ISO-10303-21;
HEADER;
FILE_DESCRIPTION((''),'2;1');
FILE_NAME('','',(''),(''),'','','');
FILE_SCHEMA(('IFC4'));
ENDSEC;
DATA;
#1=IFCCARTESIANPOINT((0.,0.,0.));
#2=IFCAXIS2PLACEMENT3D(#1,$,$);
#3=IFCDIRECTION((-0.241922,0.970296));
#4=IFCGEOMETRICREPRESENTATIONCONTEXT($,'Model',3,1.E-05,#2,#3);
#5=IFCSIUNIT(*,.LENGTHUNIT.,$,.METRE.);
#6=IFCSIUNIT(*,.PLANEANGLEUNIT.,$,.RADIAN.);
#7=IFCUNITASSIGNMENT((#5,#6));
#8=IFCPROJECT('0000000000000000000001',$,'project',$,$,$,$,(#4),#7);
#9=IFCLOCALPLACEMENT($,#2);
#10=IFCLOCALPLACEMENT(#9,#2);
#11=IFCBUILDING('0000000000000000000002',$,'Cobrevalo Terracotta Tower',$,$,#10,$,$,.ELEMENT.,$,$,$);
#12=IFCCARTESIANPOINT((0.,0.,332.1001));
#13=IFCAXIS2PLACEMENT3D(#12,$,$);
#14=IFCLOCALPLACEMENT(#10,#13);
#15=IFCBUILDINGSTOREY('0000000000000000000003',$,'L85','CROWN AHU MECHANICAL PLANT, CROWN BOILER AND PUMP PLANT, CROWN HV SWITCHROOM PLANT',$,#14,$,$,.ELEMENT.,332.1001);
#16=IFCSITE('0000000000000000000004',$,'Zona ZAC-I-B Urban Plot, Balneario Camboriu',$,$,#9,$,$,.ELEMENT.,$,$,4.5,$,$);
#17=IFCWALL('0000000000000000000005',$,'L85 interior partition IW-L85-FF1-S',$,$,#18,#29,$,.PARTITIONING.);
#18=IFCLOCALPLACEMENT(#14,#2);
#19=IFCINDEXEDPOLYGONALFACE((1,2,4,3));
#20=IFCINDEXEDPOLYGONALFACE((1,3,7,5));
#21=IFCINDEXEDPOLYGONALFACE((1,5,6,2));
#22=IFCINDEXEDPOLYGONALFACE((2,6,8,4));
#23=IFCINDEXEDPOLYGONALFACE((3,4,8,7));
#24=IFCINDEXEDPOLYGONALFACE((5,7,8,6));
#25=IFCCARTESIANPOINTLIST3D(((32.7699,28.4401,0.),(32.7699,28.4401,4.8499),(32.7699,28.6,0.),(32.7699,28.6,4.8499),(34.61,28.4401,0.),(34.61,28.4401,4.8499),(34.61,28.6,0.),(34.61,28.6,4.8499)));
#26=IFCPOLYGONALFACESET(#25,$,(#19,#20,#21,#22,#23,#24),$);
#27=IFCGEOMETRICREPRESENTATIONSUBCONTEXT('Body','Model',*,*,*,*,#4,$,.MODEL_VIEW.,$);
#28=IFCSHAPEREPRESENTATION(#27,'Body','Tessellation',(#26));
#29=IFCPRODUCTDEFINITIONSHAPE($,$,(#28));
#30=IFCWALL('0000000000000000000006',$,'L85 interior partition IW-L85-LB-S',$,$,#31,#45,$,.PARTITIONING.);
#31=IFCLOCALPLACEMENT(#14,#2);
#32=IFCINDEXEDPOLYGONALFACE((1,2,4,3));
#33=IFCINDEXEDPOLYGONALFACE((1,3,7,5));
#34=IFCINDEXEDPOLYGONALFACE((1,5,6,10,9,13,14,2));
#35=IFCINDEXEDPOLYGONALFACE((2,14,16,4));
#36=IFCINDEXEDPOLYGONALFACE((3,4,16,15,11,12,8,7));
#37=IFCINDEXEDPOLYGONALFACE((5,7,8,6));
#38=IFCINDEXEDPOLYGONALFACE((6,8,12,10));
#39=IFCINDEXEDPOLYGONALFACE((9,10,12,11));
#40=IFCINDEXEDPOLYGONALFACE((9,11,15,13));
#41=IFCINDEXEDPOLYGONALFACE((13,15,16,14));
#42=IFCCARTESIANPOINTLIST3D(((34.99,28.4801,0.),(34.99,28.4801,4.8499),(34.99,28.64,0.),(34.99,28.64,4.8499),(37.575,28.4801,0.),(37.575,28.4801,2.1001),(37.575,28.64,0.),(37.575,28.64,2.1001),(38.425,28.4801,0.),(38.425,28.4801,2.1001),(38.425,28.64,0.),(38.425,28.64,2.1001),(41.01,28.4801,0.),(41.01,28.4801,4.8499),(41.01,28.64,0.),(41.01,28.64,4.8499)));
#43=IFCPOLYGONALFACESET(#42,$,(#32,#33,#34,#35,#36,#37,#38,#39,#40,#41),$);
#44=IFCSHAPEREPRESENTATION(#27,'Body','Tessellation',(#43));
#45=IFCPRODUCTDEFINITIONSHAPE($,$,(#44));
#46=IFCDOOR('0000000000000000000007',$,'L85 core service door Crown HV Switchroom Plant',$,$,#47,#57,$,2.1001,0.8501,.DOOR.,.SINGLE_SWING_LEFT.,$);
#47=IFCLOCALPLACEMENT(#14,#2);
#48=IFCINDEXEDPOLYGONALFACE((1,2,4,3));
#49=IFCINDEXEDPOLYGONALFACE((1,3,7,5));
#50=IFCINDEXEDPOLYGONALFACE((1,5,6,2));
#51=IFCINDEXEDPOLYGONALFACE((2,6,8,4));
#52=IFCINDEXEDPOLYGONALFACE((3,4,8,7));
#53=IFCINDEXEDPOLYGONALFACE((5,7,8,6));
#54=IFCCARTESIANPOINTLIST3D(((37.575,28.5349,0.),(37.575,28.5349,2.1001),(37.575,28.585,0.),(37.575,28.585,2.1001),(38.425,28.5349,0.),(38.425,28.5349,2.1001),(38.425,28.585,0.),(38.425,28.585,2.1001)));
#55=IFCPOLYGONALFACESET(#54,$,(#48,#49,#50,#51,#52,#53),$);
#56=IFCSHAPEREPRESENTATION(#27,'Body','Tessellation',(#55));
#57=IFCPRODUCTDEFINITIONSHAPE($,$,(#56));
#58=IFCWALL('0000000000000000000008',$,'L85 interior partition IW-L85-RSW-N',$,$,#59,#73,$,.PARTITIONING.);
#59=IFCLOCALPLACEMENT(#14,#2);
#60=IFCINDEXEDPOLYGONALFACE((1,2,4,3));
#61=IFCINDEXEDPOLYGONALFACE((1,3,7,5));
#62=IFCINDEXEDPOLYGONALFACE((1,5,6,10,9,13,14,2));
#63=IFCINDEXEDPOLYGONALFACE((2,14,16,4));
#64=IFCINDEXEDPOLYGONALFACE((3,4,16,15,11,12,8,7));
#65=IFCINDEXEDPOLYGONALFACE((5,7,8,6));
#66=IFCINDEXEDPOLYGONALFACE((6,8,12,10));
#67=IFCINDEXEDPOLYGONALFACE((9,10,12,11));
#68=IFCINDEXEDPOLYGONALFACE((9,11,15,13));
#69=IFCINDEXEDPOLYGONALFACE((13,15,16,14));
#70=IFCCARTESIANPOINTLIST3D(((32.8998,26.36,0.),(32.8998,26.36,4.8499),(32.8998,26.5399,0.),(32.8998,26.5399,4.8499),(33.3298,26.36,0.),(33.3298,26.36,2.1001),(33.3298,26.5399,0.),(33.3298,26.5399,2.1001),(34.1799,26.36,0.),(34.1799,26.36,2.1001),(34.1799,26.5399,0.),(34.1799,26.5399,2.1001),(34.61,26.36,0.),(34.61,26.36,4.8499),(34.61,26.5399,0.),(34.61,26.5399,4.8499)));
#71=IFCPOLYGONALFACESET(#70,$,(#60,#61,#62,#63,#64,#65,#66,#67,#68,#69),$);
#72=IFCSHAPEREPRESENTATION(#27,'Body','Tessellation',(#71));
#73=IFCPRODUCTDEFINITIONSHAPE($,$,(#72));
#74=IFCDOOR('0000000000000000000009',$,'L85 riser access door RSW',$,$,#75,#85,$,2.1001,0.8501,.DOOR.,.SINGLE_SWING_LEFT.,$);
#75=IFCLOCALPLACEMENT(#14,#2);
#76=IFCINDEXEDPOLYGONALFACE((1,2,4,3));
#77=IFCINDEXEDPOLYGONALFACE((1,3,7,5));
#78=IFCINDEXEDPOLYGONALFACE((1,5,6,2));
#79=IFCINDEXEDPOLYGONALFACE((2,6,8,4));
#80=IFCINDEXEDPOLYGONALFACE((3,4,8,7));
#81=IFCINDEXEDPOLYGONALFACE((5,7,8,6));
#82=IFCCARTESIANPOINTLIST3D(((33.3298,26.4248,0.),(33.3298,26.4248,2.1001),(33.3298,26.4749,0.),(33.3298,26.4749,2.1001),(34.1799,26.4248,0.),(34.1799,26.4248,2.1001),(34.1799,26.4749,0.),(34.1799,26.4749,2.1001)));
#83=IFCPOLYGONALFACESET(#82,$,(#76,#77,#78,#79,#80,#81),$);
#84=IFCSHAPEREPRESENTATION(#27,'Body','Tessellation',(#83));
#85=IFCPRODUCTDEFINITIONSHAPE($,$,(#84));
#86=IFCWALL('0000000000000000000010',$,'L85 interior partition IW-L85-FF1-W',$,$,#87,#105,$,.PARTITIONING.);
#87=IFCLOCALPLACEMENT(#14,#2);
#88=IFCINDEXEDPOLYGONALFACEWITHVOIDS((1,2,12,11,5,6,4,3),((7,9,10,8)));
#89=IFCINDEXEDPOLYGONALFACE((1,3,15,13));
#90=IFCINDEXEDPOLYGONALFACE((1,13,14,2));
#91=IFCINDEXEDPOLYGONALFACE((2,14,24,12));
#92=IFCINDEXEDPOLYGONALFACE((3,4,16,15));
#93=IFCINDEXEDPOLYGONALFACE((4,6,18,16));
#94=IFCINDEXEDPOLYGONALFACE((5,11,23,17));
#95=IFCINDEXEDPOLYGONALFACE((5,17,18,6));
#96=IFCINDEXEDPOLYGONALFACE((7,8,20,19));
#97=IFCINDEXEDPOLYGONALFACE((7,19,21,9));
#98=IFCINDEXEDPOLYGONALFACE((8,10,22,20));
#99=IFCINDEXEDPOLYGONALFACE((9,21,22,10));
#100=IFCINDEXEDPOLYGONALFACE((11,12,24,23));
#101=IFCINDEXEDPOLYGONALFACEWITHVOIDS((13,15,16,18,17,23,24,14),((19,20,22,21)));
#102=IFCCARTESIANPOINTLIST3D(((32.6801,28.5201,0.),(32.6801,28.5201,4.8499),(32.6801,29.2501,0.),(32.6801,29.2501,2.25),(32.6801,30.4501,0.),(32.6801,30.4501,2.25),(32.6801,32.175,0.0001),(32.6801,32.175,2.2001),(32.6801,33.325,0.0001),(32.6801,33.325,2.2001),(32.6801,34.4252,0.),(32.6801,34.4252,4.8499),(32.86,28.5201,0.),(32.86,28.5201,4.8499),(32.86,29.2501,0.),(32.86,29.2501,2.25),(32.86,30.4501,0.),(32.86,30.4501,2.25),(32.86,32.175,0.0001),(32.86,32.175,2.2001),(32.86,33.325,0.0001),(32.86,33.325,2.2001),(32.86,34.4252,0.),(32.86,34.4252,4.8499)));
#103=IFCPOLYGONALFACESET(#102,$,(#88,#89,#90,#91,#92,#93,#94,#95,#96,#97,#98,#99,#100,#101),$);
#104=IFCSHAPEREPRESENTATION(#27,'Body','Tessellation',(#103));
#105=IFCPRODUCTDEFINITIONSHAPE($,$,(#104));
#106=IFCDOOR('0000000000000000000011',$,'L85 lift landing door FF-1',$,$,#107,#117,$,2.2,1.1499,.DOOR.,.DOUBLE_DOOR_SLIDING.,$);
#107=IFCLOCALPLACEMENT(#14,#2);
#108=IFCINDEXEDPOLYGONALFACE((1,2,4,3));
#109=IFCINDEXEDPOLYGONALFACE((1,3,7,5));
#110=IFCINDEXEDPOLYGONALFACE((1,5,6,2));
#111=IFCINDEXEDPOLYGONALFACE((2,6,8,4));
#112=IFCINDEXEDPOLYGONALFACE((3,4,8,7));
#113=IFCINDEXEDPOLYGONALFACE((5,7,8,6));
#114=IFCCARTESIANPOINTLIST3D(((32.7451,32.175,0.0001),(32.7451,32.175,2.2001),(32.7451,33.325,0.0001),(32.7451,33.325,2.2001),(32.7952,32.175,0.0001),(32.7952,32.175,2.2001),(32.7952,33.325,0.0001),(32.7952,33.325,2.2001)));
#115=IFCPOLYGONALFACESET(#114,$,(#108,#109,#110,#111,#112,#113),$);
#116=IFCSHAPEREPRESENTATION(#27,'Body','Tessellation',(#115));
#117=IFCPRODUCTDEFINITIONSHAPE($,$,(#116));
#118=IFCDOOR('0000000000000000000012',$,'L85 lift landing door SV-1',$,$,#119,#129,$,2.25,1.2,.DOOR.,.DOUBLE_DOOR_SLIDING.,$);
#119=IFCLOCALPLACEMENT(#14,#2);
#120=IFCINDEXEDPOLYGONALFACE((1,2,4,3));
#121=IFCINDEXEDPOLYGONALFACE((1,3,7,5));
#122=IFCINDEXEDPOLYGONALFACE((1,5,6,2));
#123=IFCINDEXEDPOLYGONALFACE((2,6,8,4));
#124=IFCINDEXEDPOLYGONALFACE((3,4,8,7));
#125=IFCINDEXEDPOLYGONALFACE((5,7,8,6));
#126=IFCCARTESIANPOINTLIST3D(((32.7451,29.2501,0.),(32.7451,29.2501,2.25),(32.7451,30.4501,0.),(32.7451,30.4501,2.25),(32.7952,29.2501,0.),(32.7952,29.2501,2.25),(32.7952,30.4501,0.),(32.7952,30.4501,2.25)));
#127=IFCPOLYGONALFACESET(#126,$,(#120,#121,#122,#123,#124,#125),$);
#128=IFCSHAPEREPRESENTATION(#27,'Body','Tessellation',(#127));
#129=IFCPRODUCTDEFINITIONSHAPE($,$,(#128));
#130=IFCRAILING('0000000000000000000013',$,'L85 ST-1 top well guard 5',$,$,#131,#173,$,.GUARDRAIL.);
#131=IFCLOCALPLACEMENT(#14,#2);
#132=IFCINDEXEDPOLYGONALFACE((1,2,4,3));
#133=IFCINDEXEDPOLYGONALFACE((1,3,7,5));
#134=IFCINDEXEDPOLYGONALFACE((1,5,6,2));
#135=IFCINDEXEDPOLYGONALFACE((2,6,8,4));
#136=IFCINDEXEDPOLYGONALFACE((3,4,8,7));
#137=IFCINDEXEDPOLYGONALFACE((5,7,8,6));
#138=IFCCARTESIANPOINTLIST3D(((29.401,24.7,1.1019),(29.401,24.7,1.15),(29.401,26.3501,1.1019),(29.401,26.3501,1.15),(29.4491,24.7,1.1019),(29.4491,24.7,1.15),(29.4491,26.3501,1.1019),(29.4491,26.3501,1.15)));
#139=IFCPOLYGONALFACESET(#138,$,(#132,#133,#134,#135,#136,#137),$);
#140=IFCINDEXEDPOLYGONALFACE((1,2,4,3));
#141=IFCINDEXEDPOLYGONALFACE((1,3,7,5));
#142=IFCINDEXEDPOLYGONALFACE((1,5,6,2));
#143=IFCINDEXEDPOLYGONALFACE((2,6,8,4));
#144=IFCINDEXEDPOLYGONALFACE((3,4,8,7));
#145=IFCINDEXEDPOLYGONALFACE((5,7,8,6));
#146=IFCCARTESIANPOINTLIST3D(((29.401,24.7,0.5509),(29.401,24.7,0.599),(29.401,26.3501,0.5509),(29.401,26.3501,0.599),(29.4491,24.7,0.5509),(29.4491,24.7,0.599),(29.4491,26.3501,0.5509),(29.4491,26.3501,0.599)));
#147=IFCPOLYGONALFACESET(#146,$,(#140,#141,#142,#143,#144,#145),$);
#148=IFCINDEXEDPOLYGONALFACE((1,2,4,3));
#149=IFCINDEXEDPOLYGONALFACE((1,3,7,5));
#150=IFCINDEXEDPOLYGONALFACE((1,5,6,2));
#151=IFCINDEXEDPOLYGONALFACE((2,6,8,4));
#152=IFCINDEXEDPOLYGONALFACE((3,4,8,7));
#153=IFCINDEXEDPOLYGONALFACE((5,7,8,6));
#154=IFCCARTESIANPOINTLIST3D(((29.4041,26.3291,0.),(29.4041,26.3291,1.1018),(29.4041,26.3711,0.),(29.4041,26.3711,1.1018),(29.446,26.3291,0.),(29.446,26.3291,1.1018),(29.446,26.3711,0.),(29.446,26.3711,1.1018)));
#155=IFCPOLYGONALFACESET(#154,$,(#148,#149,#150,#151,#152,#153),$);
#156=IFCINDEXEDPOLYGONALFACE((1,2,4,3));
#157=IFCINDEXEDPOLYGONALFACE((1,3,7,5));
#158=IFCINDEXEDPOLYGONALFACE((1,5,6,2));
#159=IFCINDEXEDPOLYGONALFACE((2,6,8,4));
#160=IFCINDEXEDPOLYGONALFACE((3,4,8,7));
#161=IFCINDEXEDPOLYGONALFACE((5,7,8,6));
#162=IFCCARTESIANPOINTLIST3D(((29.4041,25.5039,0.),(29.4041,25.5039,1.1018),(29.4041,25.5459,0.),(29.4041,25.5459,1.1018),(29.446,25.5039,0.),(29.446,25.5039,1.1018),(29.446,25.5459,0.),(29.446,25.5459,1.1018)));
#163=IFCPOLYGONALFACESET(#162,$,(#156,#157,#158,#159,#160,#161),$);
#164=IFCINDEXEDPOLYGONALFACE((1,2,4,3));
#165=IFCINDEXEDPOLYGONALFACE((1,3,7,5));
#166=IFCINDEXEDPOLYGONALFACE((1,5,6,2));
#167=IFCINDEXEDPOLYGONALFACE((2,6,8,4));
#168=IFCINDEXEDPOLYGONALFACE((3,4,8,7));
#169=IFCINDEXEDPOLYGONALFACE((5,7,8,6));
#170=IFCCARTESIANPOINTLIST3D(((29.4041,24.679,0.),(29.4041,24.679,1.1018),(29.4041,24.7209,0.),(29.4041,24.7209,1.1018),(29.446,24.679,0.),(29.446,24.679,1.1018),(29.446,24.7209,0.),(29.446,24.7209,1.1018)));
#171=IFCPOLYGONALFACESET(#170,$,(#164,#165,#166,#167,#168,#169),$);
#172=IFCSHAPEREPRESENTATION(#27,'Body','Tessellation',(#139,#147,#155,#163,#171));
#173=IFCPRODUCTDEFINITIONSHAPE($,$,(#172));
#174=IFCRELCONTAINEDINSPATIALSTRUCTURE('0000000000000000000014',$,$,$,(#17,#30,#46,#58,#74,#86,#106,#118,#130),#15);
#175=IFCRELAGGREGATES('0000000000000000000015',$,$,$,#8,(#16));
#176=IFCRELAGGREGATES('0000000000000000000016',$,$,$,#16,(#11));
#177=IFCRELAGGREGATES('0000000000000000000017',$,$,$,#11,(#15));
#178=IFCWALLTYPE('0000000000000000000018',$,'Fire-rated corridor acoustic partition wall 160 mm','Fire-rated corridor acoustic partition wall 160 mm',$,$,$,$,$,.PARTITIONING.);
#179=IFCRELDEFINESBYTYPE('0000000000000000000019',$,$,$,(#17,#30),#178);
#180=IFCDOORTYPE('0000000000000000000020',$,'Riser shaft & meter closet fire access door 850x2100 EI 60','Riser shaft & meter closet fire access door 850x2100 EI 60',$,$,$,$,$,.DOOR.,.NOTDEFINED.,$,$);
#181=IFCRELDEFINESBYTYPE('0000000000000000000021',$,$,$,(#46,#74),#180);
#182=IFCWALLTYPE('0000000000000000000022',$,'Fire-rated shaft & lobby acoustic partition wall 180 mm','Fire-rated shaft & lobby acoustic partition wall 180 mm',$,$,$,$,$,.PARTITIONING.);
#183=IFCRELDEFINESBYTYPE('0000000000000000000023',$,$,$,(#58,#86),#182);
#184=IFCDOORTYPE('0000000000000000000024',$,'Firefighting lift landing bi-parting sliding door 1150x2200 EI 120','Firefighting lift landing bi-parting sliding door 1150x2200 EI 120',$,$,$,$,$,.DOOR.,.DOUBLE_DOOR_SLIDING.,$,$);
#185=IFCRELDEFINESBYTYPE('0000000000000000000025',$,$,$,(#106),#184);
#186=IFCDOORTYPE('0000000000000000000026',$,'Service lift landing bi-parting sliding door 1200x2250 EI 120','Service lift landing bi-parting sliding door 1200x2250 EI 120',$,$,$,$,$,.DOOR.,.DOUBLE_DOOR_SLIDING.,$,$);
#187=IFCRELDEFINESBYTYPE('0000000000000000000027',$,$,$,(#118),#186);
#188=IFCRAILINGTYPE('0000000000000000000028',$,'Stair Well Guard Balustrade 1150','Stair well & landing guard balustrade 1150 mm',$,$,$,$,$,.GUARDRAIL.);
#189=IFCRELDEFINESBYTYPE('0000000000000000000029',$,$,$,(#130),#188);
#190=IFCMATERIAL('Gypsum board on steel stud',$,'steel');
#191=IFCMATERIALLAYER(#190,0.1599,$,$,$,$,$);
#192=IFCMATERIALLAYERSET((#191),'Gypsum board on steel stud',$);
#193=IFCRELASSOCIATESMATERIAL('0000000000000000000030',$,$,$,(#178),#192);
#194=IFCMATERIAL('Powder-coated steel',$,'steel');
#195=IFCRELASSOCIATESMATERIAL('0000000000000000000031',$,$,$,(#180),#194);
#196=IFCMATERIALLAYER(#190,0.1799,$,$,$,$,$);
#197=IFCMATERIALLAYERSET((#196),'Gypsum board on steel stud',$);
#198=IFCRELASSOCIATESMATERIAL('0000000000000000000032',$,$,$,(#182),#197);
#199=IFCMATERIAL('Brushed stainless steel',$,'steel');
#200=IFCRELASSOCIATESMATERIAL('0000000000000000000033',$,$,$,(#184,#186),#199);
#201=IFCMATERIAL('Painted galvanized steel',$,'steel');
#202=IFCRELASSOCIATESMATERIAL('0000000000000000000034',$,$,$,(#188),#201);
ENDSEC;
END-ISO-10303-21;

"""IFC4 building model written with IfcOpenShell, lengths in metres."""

from ifc_helpers import new_model, si_unit, direction, frame, frame_2d, origin, origin_2d, place, context, subcontext, project, spatial, rectangle, extrude, source, transform, mapped, material, layer, layer_set, type_object, element, fill, save


model = new_model("IFC4")

# Units and contexts
model_context = context("Model", 3, precision=1e-05, world=origin(), true_north=direction((-0.241922, 0.970296)))
body_context = subcontext(model_context, "Body", "Model", "MODEL_VIEW")
ifc_project = project(units=[si_unit("LENGTHUNIT", "METRE"), si_unit("PLANEANGLEUNIT", "RADIAN")], contexts=[model_context])

# Site, building, storey
site_placement = place(None, origin())
site = spatial("IfcSite", under=ifc_project, at=site_placement, Name="Zona ZAC-I-B Urban Plot, Balneario Camboriu", CompositionType="ELEMENT", RefElevation=4.5)
building_placement = place(site_placement, origin())
building = spatial("IfcBuilding", under=site, at=building_placement, Name="Cobrevalo Terracotta Tower", CompositionType="ELEMENT")
storey_placement = place(building_placement, frame((0.0, 0.0, 332.1001)))
storey = spatial("IfcBuildingStorey", under=building, at=storey_placement, Name="L85", Description="CROWN AHU MECHANICAL PLANT, CROWN BOILER AND PUMP PLANT, CROWN HV SWITCHROOM PLANT", CompositionType="ELEMENT", Elevation=332.1001)

# Wall
ifc_material_1 = material(Name="Gypsum board on steel stud", Category="steel")
ifc_layer_1 = layer(ifc_material_1, 0.1599)
ifc_layer_set_1 = layer_set([ifc_layer_1], Name="Gypsum board on steel stud")
wall_type_1 = type_object("IfcWallType", Name="Fire-rated corridor acoustic partition wall 160 mm", Description="Fire-rated corridor acoustic partition wall 160 mm", PredefinedType="PARTITIONING", material=ifc_layer_set_1)
wall_1_placement = place(storey_placement, frame((32.77, 28.52, 0.0), z_axis=(0.0, 0.0, 1.0), x_axis=(1.0, 0.0, 0.0)))
element("IfcWall", 1, at=wall_1_placement, inside=storey, type_object=wall_type_1, Name="L85 interior partition IW-L85-FF1-S", PredefinedType="PARTITIONING", context=body_context, shape_type="SweptSolid", body=[
    extrude(rectangle(XDim=1.8401, YDim=0.1599, at=frame_2d((0.9199, 0.0))), origin(), (0.0, 0.0, 1.0), 4.8499),
])

# Walls, openings, doors
wall_2_placement = place(storey_placement, frame((34.99, 28.5601, 0.0), z_axis=(0.0, 0.0, 1.0), x_axis=(1.0, 0.0, 0.0)))
wall_2 = element("IfcWall", 2, at=wall_2_placement, inside=storey, type_object=wall_type_1, Name="L85 interior partition IW-L85-LB-S", PredefinedType="PARTITIONING", context=body_context, shape_type="SweptSolid", body=[
    extrude(rectangle(XDim=6.02, YDim=0.1599, at=frame_2d((3.01, 0.0))), origin(), (0.0, 0.0, 1.0), 4.8499),
])
opening_1_placement = place(wall_2_placement, frame((2.585, 0.0, 0.0)))
opening_1 = element("IfcOpeningElement", 3, at=opening_1_placement, cuts=wall_2, PredefinedType="OPENING", context=body_context, shape_type="SweptSolid", body=[
    extrude(rectangle(XDim=0.8501, YDim=2.1001, at=frame_2d((0.425, 1.05))), frame((0.0, 0.0898, 0.0), z_axis=(0.0, -1.0, 0.0), x_axis=(1.0, 0.0, 0.0)), (0.0, 0.0, 1.0), 0.1799),
])
ifc_material_2 = material(Name="Powder-coated steel", Category="steel")
door_type_1 = type_object("IfcDoorType", Name="Riser shaft & meter closet fire access door 850x2100 EI 60", Description="Riser shaft & meter closet fire access door 850x2100 EI 60", OperationType="NOTDEFINED", PredefinedType="DOOR", material=ifc_material_2)
shared_shape_1 = source(origin(), body_context, "Body", "SweptSolid", [
    extrude(rectangle(XDim=0.8501, YDim=2.1001, at=frame_2d((0.425, 1.05))), frame((0.0, 0.0249, 0.0), z_axis=(0.0, -1.0, 0.0), x_axis=(1.0, 0.0, 0.0)), (0.0, 0.0, 1.0), 0.05),
])
door_1_placement = place(opening_1_placement, origin())
door_1 = element("IfcDoor", 4, at=door_1_placement, inside=storey, type_object=door_type_1, Name="L85 core service door Crown HV Switchroom Plant", OperationType="SINGLE_SWING_LEFT", OverallHeight=2.1001, OverallWidth=0.8501, PredefinedType="DOOR", context=body_context, shape_type="MappedRepresentation", body=[
    mapped(shared_shape_1, transform((0.0, 0.0, 0.0), scale=1.0)),
])
fill(opening_1, door_1)
ifc_layer_2 = layer(ifc_material_1, 0.1799)
ifc_layer_set_2 = layer_set([ifc_layer_2], Name="Gypsum board on steel stud")
wall_type_2 = type_object("IfcWallType", Name="Fire-rated shaft & lobby acoustic partition wall 180 mm", Description="Fire-rated shaft & lobby acoustic partition wall 180 mm", PredefinedType="PARTITIONING", material=ifc_layer_set_2)
wall_3_placement = place(storey_placement, frame((32.8999, 26.45, 0.0), z_axis=(0.0, 0.0, 1.0), x_axis=(1.0, 0.0, 0.0)))
wall_3 = element("IfcWall", 5, at=wall_3_placement, inside=storey, type_object=wall_type_2, Name="L85 interior partition IW-L85-RSW-N", PredefinedType="PARTITIONING", context=body_context, shape_type="SweptSolid", body=[
    extrude(rectangle(XDim=1.7102, YDim=0.1799, at=frame_2d((0.855, 0.0))), origin(), (0.0, 0.0, 1.0), 4.8499),
])
opening_2_placement = place(wall_3_placement, frame((0.4299, 0.0, 0.0)))
opening_2 = element("IfcOpeningElement", 6, at=opening_2_placement, cuts=wall_3, PredefinedType="OPENING", context=body_context, shape_type="SweptSolid", body=[
    extrude(rectangle(XDim=0.8501, YDim=2.1001, at=frame_2d((0.425, 1.05))), frame((0.0, 0.1001, 0.0), z_axis=(0.0, -1.0, 0.0), x_axis=(1.0, 0.0, 0.0)), (0.0, 0.0, 1.0), 0.2),
])
door_2_placement = place(opening_2_placement, origin())
door_2 = element("IfcDoor", 7, at=door_2_placement, inside=storey, type_object=door_type_1, Name="L85 riser access door RSW", OperationType="SINGLE_SWING_LEFT", OverallHeight=2.1001, OverallWidth=0.8501, PredefinedType="DOOR", context=body_context, shape_type="MappedRepresentation", body=[
    mapped(shared_shape_1, transform((0.0, 0.0, 0.0), scale=1.0)),
])
fill(opening_2, door_2)

# Wall, openings, doors
wall_4_placement = place(storey_placement, frame((32.77, 28.52, 0.0), z_axis=(0.0, 0.0, 1.0), x_axis=(0.0, 1.0, 0.0)))
wall_4 = element("IfcWall", 8, at=wall_4_placement, inside=storey, type_object=wall_type_2, Name="L85 interior partition IW-L85-FF1-W", PredefinedType="PARTITIONING", context=body_context, shape_type="SweptSolid", body=[
    extrude(rectangle(XDim=5.905, YDim=0.1799, at=frame_2d((2.9526, 0.0))), origin(), (0.0, 0.0, 1.0), 4.8499),
])
opening_3_placement = place(wall_4_placement, frame((3.655, 0.0, 0.0)))
opening_3 = element("IfcOpeningElement", 9, at=opening_3_placement, cuts=wall_4, PredefinedType="OPENING", context=body_context, shape_type="SweptSolid", body=[
    extrude(rectangle(XDim=1.1499, YDim=2.2, at=frame_2d((0.575, 1.1001))), frame((0.0, 0.1001, 0.0), z_axis=(0.0, -1.0, 0.0), x_axis=(1.0, 0.0, 0.0)), (0.0, 0.0, 1.0), 0.2),
])
opening_4_placement = place(wall_4_placement, frame((0.73, 0.0, 0.0)))
opening_4 = element("IfcOpeningElement", 10, at=opening_4_placement, cuts=wall_4, PredefinedType="OPENING", context=body_context, shape_type="SweptSolid", body=[
    extrude(rectangle(XDim=1.2, YDim=2.25, at=frame_2d((0.6001, 1.125))), frame((0.0, 0.1001, 0.0), z_axis=(0.0, -1.0, 0.0), x_axis=(1.0, 0.0, 0.0)), (0.0, 0.0, 1.0), 0.2),
])
ifc_material_3 = material(Name="Brushed stainless steel", Category="steel")
door_type_2 = type_object("IfcDoorType", Name="Firefighting lift landing bi-parting sliding door 1150x2200 EI 120", Description="Firefighting lift landing bi-parting sliding door 1150x2200 EI 120", OperationType="DOUBLE_DOOR_SLIDING", PredefinedType="DOOR", material=ifc_material_3)
shared_shape_2 = source(origin(), body_context, "Body", "SweptSolid", [
    extrude(rectangle(XDim=1.1499, YDim=2.2, at=frame_2d((0.575, 1.1001))), frame((0.0, 0.0249, 0.0), z_axis=(0.0, -1.0, 0.0), x_axis=(1.0, 0.0, 0.0)), (0.0, 0.0, 1.0), 0.05),
])
door_3_placement = place(opening_3_placement, origin())
door_3 = element("IfcDoor", 11, at=door_3_placement, inside=storey, type_object=door_type_2, Name="L85 lift landing door FF-1", OperationType="DOUBLE_DOOR_SLIDING", OverallHeight=2.2, OverallWidth=1.1499, PredefinedType="DOOR", context=body_context, shape_type="MappedRepresentation", body=[
    mapped(shared_shape_2, transform((0.0, 0.0, 0.0), scale=1.0)),
])
fill(opening_3, door_3)
door_type_3 = type_object("IfcDoorType", Name="Service lift landing bi-parting sliding door 1200x2250 EI 120", Description="Service lift landing bi-parting sliding door 1200x2250 EI 120", OperationType="DOUBLE_DOOR_SLIDING", PredefinedType="DOOR", material=ifc_material_3)
shared_shape_3 = source(origin(), body_context, "Body", "SweptSolid", [
    extrude(rectangle(XDim=1.2, YDim=2.25, at=frame_2d((0.6001, 1.125))), frame((0.0, 0.0249, 0.0), z_axis=(0.0, -1.0, 0.0), x_axis=(1.0, 0.0, 0.0)), (0.0, 0.0, 1.0), 0.05),
])
door_4_placement = place(opening_4_placement, origin())
door_4 = element("IfcDoor", 12, at=door_4_placement, inside=storey, type_object=door_type_3, Name="L85 lift landing door SV-1", OperationType="DOUBLE_DOOR_SLIDING", OverallHeight=2.25, OverallWidth=1.2, PredefinedType="DOOR", context=body_context, shape_type="MappedRepresentation", body=[
    mapped(shared_shape_3, transform((0.0, 0.0, 0.0), scale=1.0)),
])
fill(opening_4, door_4)

# Railing
ifc_material_4 = material(Name="Painted galvanized steel", Category="steel")
railing_type = type_object("IfcRailingType", Name="Stair Well Guard Balustrade 1150", Description="Stair well & landing guard balustrade 1150 mm", PredefinedType="GUARDRAIL", material=ifc_material_4)
for number, where, name in (
    (13, (29.425, 26.3501, 0.0), "L85 ST-1 top well guard 5"),
):
    element("IfcRailing", number, at=place(storey_placement, frame(where)), inside=storey, type_object=railing_type, Name=name, PredefinedType="GUARDRAIL", context=body_context, shape_type="SweptSolid", body=[
        extrude(rectangle(XDim=0.0481, YDim=0.0481, at=origin_2d()), frame((0.0, 0.0, 1.126), z_axis=(0.0, -1.0, 0.0), x_axis=(1.0, 0.0, 0.0)), (0.0, 0.0, 1.0), 1.6501),
        extrude(rectangle(XDim=0.0481, YDim=0.0481, at=origin_2d()), frame((0.0, 0.0, 0.575), z_axis=(0.0, -1.0, 0.0), x_axis=(1.0, 0.0, 0.0)), (0.0, 0.0, 1.0), 1.6501),
        extrude(rectangle(XDim=0.042, YDim=0.042, at=origin_2d()), origin(), (0.0, 0.0, 1.0), 1.1018),
        extrude(rectangle(XDim=0.042, YDim=0.042, at=origin_2d()), frame((0.0, -0.8252, 0.0)), (0.0, 0.0, 1.0), 1.1018),
        extrude(rectangle(XDim=0.042, YDim=0.042, at=origin_2d()), frame((0.0, -1.6501, 0.0)), (0.0, 0.0, 1.0), 1.1018),
    ])

save(model, "model.ifc")
